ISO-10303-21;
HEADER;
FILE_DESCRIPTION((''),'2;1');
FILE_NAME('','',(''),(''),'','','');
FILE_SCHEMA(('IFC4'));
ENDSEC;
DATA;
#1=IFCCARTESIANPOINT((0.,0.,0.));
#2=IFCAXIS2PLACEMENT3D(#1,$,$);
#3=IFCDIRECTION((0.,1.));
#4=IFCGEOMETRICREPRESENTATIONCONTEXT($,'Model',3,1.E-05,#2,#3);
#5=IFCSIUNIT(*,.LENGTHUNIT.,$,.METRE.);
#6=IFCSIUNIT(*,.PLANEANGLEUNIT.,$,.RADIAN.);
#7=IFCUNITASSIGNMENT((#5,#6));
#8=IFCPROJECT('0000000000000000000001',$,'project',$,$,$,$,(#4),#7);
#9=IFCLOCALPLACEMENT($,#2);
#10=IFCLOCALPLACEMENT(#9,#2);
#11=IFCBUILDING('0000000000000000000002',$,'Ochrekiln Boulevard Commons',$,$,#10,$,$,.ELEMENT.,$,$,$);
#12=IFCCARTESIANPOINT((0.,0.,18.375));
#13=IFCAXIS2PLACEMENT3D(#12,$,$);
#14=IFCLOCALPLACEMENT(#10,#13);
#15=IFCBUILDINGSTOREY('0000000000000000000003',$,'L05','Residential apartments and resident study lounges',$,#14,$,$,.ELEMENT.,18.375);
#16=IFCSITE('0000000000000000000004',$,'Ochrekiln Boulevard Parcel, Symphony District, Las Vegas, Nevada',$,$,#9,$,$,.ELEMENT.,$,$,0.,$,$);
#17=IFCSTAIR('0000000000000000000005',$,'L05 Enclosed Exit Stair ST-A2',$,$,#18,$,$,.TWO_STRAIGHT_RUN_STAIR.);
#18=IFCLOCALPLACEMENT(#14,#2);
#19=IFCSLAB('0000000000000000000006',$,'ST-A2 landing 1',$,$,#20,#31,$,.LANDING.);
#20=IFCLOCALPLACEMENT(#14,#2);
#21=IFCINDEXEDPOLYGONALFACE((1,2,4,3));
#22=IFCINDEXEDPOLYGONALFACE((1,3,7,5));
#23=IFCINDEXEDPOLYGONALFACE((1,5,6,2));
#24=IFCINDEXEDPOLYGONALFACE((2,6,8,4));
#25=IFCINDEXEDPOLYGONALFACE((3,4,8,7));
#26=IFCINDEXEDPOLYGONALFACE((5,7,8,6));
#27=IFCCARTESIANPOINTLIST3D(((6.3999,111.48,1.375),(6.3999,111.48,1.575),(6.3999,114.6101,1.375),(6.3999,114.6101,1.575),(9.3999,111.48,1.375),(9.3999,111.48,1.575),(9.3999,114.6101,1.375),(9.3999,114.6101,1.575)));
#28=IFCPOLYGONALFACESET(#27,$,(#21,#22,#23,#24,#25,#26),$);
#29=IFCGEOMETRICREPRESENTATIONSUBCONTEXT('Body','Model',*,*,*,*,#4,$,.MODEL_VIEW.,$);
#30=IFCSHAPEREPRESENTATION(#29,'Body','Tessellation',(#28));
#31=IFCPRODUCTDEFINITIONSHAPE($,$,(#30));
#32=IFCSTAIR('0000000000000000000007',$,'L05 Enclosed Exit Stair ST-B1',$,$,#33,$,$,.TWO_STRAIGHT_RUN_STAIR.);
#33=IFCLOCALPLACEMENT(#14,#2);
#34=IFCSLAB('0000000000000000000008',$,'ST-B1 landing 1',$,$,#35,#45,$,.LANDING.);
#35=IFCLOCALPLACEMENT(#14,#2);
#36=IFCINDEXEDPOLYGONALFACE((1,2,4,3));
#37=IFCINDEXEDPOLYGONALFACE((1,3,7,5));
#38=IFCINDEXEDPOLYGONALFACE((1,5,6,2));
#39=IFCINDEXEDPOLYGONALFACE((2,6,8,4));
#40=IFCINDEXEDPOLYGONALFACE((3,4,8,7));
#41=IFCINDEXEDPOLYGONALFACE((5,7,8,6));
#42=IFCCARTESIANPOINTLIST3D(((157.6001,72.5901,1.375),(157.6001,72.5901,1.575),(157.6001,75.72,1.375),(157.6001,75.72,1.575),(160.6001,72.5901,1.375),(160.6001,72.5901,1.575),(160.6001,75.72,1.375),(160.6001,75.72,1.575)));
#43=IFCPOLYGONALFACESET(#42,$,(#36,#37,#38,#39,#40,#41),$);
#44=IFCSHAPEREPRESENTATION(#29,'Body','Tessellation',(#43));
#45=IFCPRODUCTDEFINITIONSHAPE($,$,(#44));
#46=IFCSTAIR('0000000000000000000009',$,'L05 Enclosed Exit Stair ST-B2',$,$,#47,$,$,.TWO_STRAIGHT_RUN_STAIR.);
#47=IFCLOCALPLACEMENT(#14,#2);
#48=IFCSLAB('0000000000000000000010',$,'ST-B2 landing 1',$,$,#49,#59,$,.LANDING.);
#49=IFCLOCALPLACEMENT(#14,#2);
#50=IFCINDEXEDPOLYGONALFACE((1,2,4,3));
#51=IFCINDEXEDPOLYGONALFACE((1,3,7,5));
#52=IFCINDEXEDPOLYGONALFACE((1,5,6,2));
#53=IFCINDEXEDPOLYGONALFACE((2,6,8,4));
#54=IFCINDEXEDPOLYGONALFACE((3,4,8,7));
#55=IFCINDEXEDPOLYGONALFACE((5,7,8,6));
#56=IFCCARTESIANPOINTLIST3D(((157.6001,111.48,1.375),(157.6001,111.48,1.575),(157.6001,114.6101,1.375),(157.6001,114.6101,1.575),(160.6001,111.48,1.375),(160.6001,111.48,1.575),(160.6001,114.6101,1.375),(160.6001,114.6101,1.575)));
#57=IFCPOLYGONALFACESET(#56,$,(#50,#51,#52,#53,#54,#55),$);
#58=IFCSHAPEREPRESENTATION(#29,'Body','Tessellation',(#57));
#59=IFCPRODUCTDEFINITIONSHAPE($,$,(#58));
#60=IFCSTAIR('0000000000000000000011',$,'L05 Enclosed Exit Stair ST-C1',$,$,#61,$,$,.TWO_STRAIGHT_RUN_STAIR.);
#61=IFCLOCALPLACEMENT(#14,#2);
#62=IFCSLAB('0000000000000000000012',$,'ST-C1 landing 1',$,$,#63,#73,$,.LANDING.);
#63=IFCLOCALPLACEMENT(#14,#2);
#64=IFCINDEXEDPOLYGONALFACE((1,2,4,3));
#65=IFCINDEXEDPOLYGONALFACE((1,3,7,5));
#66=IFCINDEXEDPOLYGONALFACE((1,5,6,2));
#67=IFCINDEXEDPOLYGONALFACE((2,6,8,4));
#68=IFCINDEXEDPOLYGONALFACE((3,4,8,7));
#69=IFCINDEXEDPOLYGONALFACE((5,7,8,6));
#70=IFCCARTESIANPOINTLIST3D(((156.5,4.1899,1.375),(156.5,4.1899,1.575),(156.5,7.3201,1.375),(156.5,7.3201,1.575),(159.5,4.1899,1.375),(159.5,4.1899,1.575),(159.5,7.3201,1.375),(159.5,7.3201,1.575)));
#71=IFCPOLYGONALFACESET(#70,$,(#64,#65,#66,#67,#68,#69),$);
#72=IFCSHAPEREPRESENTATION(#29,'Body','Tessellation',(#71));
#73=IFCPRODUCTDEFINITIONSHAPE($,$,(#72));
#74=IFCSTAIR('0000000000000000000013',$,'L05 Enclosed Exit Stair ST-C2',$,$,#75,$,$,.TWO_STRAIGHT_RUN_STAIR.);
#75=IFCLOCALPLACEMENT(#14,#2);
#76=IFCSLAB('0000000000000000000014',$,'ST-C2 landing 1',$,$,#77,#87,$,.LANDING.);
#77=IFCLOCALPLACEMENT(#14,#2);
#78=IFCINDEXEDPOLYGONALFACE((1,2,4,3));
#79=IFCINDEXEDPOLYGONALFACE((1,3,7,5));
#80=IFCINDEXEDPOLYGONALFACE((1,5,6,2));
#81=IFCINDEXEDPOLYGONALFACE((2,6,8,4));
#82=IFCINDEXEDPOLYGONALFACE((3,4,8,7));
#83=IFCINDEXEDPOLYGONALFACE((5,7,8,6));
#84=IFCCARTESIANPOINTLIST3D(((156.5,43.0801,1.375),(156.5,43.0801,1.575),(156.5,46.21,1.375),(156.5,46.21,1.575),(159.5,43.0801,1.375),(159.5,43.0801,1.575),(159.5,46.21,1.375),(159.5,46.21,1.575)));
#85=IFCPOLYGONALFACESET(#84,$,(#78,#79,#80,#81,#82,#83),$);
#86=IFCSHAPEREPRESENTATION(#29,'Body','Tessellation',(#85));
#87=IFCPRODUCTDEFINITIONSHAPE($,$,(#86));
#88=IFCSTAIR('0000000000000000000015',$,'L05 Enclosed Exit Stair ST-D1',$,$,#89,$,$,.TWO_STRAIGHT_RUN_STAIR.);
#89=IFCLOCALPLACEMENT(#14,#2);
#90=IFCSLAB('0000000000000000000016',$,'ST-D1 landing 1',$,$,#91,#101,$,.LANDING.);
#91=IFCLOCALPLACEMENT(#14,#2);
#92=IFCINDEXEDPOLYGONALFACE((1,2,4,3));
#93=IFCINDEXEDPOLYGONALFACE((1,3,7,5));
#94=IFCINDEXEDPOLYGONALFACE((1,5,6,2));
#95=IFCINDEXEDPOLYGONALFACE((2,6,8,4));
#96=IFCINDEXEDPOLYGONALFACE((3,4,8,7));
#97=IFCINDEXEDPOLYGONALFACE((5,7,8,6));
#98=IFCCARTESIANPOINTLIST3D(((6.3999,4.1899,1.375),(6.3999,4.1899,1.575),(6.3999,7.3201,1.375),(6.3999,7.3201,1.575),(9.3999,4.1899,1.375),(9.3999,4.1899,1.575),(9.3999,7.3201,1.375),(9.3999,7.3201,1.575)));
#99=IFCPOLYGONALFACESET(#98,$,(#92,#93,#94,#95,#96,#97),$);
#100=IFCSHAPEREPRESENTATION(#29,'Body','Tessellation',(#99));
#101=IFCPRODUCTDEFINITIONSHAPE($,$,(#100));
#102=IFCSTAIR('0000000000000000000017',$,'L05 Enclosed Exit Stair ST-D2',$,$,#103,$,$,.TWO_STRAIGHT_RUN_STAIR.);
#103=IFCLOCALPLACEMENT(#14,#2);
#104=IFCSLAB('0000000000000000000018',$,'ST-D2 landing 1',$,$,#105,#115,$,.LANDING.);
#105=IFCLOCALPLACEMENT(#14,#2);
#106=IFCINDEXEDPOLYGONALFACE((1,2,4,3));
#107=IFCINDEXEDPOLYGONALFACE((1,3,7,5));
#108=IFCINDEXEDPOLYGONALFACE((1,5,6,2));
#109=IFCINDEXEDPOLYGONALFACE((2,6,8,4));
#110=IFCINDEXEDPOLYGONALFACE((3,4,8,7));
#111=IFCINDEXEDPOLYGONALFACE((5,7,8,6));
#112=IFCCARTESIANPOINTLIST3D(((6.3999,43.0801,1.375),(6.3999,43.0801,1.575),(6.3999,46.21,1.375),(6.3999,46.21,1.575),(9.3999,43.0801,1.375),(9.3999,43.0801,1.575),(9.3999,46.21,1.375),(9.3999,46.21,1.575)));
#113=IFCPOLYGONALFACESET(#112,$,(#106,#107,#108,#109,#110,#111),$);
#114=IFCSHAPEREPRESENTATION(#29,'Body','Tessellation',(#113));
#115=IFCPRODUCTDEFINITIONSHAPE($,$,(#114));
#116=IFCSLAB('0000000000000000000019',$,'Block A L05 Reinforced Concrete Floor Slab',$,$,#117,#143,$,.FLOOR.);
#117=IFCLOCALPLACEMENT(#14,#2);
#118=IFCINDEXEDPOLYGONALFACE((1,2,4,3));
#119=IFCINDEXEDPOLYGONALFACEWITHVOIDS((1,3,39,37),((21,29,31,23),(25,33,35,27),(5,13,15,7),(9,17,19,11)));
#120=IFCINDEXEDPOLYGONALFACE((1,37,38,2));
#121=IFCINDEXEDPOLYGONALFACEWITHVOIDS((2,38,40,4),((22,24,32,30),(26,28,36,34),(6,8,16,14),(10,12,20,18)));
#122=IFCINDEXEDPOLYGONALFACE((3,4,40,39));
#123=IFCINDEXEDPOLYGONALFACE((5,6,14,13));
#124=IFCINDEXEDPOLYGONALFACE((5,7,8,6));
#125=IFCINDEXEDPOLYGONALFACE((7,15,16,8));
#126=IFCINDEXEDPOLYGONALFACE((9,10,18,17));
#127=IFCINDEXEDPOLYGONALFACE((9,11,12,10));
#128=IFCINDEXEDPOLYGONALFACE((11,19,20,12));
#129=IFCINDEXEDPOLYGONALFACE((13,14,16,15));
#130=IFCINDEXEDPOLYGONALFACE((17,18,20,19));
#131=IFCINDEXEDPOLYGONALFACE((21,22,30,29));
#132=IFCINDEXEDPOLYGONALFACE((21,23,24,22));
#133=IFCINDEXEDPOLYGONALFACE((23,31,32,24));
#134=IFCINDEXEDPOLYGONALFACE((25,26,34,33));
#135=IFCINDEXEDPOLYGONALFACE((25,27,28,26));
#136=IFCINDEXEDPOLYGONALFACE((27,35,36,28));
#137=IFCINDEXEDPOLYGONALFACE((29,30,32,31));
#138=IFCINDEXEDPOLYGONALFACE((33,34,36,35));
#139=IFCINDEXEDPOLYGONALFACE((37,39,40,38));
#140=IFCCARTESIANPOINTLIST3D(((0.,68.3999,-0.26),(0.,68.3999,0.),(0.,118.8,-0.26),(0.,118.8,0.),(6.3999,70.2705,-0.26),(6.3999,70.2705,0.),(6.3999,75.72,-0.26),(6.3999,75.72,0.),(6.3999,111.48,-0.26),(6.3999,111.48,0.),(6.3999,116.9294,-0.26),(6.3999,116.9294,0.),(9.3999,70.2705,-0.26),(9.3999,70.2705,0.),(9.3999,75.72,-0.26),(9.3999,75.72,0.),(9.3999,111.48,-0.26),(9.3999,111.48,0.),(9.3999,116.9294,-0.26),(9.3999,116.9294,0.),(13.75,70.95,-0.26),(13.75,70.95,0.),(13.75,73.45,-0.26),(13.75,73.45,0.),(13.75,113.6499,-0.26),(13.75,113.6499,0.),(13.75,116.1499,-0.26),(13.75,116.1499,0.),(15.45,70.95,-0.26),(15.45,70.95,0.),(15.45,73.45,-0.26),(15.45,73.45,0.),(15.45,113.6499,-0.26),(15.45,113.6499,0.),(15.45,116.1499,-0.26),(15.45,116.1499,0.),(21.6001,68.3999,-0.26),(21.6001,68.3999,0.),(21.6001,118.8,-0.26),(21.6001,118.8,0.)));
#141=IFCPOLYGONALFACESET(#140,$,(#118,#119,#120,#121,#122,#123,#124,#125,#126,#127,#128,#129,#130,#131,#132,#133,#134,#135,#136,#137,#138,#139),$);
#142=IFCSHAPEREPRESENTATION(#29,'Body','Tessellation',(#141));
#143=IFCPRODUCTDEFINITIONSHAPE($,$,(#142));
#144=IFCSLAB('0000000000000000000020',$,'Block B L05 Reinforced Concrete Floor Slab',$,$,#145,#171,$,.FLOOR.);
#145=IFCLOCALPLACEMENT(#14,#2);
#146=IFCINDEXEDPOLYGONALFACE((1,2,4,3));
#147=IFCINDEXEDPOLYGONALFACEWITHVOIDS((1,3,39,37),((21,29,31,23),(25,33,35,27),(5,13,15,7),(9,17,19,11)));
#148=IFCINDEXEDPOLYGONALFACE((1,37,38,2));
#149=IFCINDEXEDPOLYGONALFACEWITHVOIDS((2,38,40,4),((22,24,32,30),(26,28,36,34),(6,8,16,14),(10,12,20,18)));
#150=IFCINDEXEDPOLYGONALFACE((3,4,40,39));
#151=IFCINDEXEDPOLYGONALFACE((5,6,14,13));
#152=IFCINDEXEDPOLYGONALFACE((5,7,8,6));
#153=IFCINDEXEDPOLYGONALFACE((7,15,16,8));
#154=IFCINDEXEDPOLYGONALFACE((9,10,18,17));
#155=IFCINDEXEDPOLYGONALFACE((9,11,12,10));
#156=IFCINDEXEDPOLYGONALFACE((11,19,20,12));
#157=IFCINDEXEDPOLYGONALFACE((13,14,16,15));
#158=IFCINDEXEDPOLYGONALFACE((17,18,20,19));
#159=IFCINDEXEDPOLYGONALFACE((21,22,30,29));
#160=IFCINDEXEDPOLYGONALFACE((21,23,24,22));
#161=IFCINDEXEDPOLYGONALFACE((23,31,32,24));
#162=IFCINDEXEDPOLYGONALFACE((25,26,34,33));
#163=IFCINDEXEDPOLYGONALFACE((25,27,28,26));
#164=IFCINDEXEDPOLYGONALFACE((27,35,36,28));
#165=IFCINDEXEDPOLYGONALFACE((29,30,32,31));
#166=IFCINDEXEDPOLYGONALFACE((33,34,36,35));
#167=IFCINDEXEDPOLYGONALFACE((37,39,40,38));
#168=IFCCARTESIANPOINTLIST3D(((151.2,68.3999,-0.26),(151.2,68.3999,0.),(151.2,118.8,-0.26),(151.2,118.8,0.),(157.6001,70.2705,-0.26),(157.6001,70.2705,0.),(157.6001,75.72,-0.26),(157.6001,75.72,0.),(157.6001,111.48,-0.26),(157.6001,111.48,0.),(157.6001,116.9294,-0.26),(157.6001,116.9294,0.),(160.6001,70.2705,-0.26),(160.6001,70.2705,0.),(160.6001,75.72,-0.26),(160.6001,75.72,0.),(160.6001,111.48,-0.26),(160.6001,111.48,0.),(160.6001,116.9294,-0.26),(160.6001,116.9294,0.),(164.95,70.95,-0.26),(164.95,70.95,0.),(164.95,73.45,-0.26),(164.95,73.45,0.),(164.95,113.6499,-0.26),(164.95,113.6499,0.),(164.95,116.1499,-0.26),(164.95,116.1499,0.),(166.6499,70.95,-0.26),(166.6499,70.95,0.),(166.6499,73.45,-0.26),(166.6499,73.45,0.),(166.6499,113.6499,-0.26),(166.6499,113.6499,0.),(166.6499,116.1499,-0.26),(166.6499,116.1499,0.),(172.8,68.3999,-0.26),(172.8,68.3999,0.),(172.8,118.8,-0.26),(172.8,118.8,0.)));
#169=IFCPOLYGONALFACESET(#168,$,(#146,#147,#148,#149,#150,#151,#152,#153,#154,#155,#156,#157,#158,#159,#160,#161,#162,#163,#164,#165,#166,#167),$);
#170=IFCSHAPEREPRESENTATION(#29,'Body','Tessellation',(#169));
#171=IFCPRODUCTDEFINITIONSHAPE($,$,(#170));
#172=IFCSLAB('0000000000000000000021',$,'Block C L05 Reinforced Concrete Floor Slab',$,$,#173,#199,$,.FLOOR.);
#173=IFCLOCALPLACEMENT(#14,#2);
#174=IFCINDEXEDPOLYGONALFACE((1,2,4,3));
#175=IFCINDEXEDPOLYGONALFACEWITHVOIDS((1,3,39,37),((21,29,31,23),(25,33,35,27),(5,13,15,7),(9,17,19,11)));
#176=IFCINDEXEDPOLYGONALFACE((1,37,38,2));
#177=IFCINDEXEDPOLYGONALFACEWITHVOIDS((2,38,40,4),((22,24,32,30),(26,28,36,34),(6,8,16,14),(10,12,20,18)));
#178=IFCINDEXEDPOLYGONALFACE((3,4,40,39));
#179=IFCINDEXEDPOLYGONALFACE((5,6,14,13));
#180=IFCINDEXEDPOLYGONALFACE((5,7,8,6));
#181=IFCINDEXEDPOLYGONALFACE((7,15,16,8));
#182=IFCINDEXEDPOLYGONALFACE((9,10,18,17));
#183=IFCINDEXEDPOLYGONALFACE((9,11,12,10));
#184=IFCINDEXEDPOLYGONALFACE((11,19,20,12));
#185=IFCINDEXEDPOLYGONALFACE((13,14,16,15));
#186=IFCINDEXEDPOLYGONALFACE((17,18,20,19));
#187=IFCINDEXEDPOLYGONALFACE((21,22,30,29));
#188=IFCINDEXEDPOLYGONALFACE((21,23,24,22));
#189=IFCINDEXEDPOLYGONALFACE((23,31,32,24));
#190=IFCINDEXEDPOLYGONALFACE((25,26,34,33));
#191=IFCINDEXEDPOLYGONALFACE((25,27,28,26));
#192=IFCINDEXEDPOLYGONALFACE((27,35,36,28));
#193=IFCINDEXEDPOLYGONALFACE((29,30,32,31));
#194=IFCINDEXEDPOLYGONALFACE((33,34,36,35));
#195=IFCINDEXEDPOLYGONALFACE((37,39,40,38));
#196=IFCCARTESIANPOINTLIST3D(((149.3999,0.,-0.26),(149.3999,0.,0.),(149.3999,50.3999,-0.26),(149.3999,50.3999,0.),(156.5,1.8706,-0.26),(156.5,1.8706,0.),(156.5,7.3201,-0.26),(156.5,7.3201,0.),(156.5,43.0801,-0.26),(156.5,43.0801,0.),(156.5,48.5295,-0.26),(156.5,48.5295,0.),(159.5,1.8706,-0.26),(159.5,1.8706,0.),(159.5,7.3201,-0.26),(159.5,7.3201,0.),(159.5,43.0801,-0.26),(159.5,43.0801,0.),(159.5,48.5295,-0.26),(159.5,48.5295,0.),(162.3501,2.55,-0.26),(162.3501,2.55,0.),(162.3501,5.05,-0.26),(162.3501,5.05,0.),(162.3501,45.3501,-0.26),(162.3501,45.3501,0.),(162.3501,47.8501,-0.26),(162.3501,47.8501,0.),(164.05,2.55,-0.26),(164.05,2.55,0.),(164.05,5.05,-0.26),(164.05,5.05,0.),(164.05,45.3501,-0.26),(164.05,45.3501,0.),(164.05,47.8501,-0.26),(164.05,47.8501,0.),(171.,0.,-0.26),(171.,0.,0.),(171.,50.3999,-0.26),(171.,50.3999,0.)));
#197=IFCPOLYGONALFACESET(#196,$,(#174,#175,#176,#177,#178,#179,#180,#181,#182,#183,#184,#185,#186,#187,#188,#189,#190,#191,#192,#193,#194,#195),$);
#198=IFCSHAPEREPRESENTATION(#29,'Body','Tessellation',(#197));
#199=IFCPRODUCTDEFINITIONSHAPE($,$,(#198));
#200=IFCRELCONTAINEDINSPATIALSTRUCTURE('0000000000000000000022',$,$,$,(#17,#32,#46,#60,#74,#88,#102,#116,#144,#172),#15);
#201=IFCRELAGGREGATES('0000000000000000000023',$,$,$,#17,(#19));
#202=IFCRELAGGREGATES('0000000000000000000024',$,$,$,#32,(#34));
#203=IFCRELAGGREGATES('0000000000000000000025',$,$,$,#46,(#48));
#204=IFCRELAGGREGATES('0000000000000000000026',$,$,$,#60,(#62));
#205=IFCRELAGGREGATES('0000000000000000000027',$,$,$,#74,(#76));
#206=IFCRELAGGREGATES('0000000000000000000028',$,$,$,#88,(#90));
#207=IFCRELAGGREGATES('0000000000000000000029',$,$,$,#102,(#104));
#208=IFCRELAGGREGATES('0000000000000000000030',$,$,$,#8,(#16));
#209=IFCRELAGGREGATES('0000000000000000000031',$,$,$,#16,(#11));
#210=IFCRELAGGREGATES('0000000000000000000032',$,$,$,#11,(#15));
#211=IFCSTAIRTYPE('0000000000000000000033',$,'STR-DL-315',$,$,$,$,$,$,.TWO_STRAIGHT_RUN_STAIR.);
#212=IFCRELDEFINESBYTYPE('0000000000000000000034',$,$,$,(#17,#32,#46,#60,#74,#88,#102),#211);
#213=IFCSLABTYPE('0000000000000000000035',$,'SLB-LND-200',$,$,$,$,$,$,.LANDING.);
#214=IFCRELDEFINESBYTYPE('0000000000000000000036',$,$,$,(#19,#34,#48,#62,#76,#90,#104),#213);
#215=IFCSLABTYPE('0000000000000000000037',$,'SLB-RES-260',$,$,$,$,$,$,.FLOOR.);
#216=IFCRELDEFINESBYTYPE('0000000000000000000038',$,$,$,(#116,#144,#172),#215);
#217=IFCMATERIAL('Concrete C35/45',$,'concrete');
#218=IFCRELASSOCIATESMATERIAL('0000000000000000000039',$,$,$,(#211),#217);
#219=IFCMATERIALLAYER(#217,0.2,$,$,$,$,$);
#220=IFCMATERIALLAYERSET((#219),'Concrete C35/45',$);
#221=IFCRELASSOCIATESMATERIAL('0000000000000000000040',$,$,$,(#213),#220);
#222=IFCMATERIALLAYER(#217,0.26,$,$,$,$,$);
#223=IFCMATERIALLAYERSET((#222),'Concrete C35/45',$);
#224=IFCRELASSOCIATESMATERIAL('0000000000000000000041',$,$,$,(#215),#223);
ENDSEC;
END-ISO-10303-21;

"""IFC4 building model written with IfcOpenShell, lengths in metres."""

from ifc_helpers import new_model, si_unit, direction, frame, origin, place, context, subcontext, project, spatial, polyline, outline, extrude, material, layer, layer_set, type_object, element, aggregate, save


model = new_model("IFC4")

# Units and contexts
model_context = context("Model", 3, precision=1e-05, world=origin(), true_north=direction((0.0, 1.0)))
body_context = subcontext(model_context, "Body", "Model", "MODEL_VIEW")
ifc_project = project(units=[si_unit("LENGTHUNIT", "METRE"), si_unit("PLANEANGLEUNIT", "RADIAN")], contexts=[model_context])

# Site, building, storey
site_placement = place(None, origin())
site = spatial("IfcSite", under=ifc_project, at=site_placement, Name="Ochrekiln Boulevard Parcel, Symphony District, Las Vegas, Nevada", CompositionType="ELEMENT", RefElevation=0.0)
building_placement = place(site_placement, origin())
building = spatial("IfcBuilding", under=site, at=building_placement, Name="Ochrekiln Boulevard Commons", CompositionType="ELEMENT")
storey_placement = place(building_placement, frame((0.0, 0.0, 18.375)))
storey = spatial("IfcBuildingStorey", under=building, at=storey_placement, Name="L05", Description="Residential apartments and resident study lounges", CompositionType="ELEMENT", Elevation=18.375)

# Shared definitions
ifc_material_1 = material(Name="Concrete C35/45", Category="concrete")

# Stairs, slabs
stair_type = type_object("IfcStairType", Name="STR-DL-315", PredefinedType="TWO_STRAIGHT_RUN_STAIR", material=ifc_material_1)
ifc_layer_1 = layer(ifc_material_1, 0.2)
ifc_layer_set_1 = layer_set([ifc_layer_1], Name="Concrete C35/45")
slab_type_1 = type_object("IfcSlabType", Name="SLB-LND-200", PredefinedType="LANDING", material=ifc_layer_set_1)
stair_1_placement = place(storey_placement, origin())
stair_1 = element("IfcStair", 1, at=stair_1_placement, inside=storey, type_object=stair_type, Name="L05 Enclosed Exit Stair ST-A2", PredefinedType="TWO_STRAIGHT_RUN_STAIR")
slab_1_placement = place(storey_placement, frame((0.0, 0.0, 1.375)))
slab_1 = element("IfcSlab", 2, at=slab_1_placement, type_object=slab_type_1, Name="ST-A2 landing 1", PredefinedType="LANDING", context=body_context, shape_type="SweptSolid", body=[
    extrude(outline(polyline([(6.3999, 114.6101), (6.3999, 111.48), (9.3999, 111.48), (9.3999, 114.6101), (6.3999, 114.6101)])), origin(), (0.0, 0.0, 1.0), 0.2),
])
aggregate(stair_1, [slab_1])
stair_2_placement = place(storey_placement, origin())
stair_2 = element("IfcStair", 3, at=stair_2_placement, inside=storey, type_object=stair_type, Name="L05 Enclosed Exit Stair ST-B1", PredefinedType="TWO_STRAIGHT_RUN_STAIR")
slab_2_placement = place(storey_placement, frame((0.0, 0.0, 1.375)))
slab_2 = element("IfcSlab", 4, at=slab_2_placement, type_object=slab_type_1, Name="ST-B1 landing 1", PredefinedType="LANDING", context=body_context, shape_type="SweptSolid", body=[
    extrude(outline(polyline([(160.6001, 72.5901), (160.6001, 75.72), (157.6001, 75.72), (157.6001, 72.5901), (160.6001, 72.5901)])), origin(), (0.0, 0.0, 1.0), 0.2),
])
aggregate(stair_2, [slab_2])
stair_3_placement = place(storey_placement, origin())
stair_3 = element("IfcStair", 5, at=stair_3_placement, inside=storey, type_object=stair_type, Name="L05 Enclosed Exit Stair ST-B2", PredefinedType="TWO_STRAIGHT_RUN_STAIR")
slab_3_placement = place(storey_placement, frame((0.0, 0.0, 1.375)))
slab_3 = element("IfcSlab", 6, at=slab_3_placement, type_object=slab_type_1, Name="ST-B2 landing 1", PredefinedType="LANDING", context=body_context, shape_type="SweptSolid", body=[
    extrude(outline(polyline([(157.6001, 114.6101), (157.6001, 111.48), (160.6001, 111.48), (160.6001, 114.6101), (157.6001, 114.6101)])), origin(), (0.0, 0.0, 1.0), 0.2),
])
aggregate(stair_3, [slab_3])
stair_4_placement = place(storey_placement, origin())
stair_4 = element("IfcStair", 7, at=stair_4_placement, inside=storey, type_object=stair_type, Name="L05 Enclosed Exit Stair ST-C1", PredefinedType="TWO_STRAIGHT_RUN_STAIR")
slab_4_placement = place(storey_placement, frame((0.0, 0.0, 1.375)))
slab_4 = element("IfcSlab", 8, at=slab_4_placement, type_object=slab_type_1, Name="ST-C1 landing 1", PredefinedType="LANDING", context=body_context, shape_type="SweptSolid", body=[
    extrude(outline(polyline([(159.5, 4.1899), (159.5, 7.3201), (156.5, 7.3201), (156.5, 4.1899), (159.5, 4.1899)])), origin(), (0.0, 0.0, 1.0), 0.2),
])
aggregate(stair_4, [slab_4])
stair_5_placement = place(storey_placement, origin())
stair_5 = element("IfcStair", 9, at=stair_5_placement, inside=storey, type_object=stair_type, Name="L05 Enclosed Exit Stair ST-C2", PredefinedType="TWO_STRAIGHT_RUN_STAIR")
slab_5_placement = place(storey_placement, frame((0.0, 0.0, 1.375)))
slab_5 = element("IfcSlab", 10, at=slab_5_placement, type_object=slab_type_1, Name="ST-C2 landing 1", PredefinedType="LANDING", context=body_context, shape_type="SweptSolid", body=[
    extrude(outline(polyline([(156.5, 46.21), (156.5, 43.0801), (159.5, 43.0801), (159.5, 46.21), (156.5, 46.21)])), origin(), (0.0, 0.0, 1.0), 0.2),
])
aggregate(stair_5, [slab_5])
stair_6_placement = place(storey_placement, origin())
stair_6 = element("IfcStair", 11, at=stair_6_placement, inside=storey, type_object=stair_type, Name="L05 Enclosed Exit Stair ST-D1", PredefinedType="TWO_STRAIGHT_RUN_STAIR")
slab_6_placement = place(storey_placement, frame((0.0, 0.0, 1.375)))
slab_6 = element("IfcSlab", 12, at=slab_6_placement, type_object=slab_type_1, Name="ST-D1 landing 1", PredefinedType="LANDING", context=body_context, shape_type="SweptSolid", body=[
    extrude(outline(polyline([(9.3999, 4.1899), (9.3999, 7.3201), (6.3999, 7.3201), (6.3999, 4.1899), (9.3999, 4.1899)])), origin(), (0.0, 0.0, 1.0), 0.2),
])
aggregate(stair_6, [slab_6])
stair_7_placement = place(storey_placement, origin())
stair_7 = element("IfcStair", 13, at=stair_7_placement, inside=storey, type_object=stair_type, Name="L05 Enclosed Exit Stair ST-D2", PredefinedType="TWO_STRAIGHT_RUN_STAIR")
slab_7_placement = place(storey_placement, frame((0.0, 0.0, 1.375)))
slab_7 = element("IfcSlab", 14, at=slab_7_placement, type_object=slab_type_1, Name="ST-D2 landing 1", PredefinedType="LANDING", context=body_context, shape_type="SweptSolid", body=[
    extrude(outline(polyline([(6.3999, 46.21), (6.3999, 43.0801), (9.3999, 43.0801), (9.3999, 46.21), (6.3999, 46.21)])), origin(), (0.0, 0.0, 1.0), 0.2),
])
aggregate(stair_7, [slab_7])

# Slabs
ifc_layer_2 = layer(ifc_material_1, 0.26)
ifc_layer_set_2 = layer_set([ifc_layer_2], Name="Concrete C35/45")
slab_type_2 = type_object("IfcSlabType", Name="SLB-RES-260", PredefinedType="FLOOR", material=ifc_layer_set_2)
slab_8_placement = place(storey_placement, frame((0.0, 0.0, -0.26)))
element("IfcSlab", 15, at=slab_8_placement, inside=storey, type_object=slab_type_2, Name="Block A L05 Reinforced Concrete Floor Slab", PredefinedType="FLOOR", context=body_context, shape_type="SweptSolid", body=[
    extrude(outline(polyline([(0.0, 68.3999), (21.6001, 68.3999), (21.6001, 118.8), (0.0, 118.8), (0.0, 68.3999)]), holes=[polyline([(9.3999, 70.2705), (9.3999, 75.72), (6.3999, 75.72), (6.3999, 70.2705), (9.3999, 70.2705)]), polyline([(6.3999, 116.9294), (6.3999, 111.48), (9.3999, 111.48), (9.3999, 116.9294), (6.3999, 116.9294)]), polyline([(13.75, 70.95), (15.45, 70.95), (15.45, 73.45), (13.75, 73.45), (13.75, 70.95)]), polyline([(13.75, 113.6499), (15.45, 113.6499), (15.45, 116.1499), (13.75, 116.1499), (13.75, 113.6499)])]), origin(), (0.0, 0.0, 1.0), 0.26),
])
slab_9_placement = place(storey_placement, frame((0.0, 0.0, -0.26)))
element("IfcSlab", 16, at=slab_9_placement, inside=storey, type_object=slab_type_2, Name="Block B L05 Reinforced Concrete Floor Slab", PredefinedType="FLOOR", context=body_context, shape_type="SweptSolid", body=[
    extrude(outline(polyline([(151.2, 68.3999), (172.8, 68.3999), (172.8, 118.8), (151.2, 118.8), (151.2, 68.3999)]), holes=[polyline([(160.6001, 70.2705), (160.6001, 75.72), (157.6001, 75.72), (157.6001, 70.2705), (160.6001, 70.2705)]), polyline([(157.6001, 116.9294), (157.6001, 111.48), (160.6001, 111.48), (160.6001, 116.9294), (157.6001, 116.9294)]), polyline([(164.95, 70.95), (166.6499, 70.95), (166.6499, 73.45), (164.95, 73.45), (164.95, 70.95)]), polyline([(164.95, 113.6499), (166.6499, 113.6499), (166.6499, 116.1499), (164.95, 116.1499), (164.95, 113.6499)])]), origin(), (0.0, 0.0, 1.0), 0.26),
])
slab_10_placement = place(storey_placement, frame((0.0, 0.0, -0.26)))
element("IfcSlab", 17, at=slab_10_placement, inside=storey, type_object=slab_type_2, Name="Block C L05 Reinforced Concrete Floor Slab", PredefinedType="FLOOR", context=body_context, shape_type="SweptSolid", body=[
    extrude(outline(polyline([(149.3999, 0.0), (171.0, 0.0), (171.0, 50.3999), (149.3999, 50.3999), (149.3999, 0.0)]), holes=[polyline([(159.5, 1.8706), (159.5, 7.3201), (156.5, 7.3201), (156.5, 1.8706), (159.5, 1.8706)]), polyline([(156.5, 48.5295), (156.5, 43.0801), (159.5, 43.0801), (159.5, 48.5295), (156.5, 48.5295)]), polyline([(162.3501, 2.55), (164.05, 2.55), (164.05, 5.05), (162.3501, 5.05), (162.3501, 2.55)]), polyline([(162.3501, 45.3501), (164.05, 45.3501), (164.05, 47.8501), (162.3501, 47.8501), (162.3501, 45.3501)])]), origin(), (0.0, 0.0, 1.0), 0.26),
])

save(model, "model.ifc")
